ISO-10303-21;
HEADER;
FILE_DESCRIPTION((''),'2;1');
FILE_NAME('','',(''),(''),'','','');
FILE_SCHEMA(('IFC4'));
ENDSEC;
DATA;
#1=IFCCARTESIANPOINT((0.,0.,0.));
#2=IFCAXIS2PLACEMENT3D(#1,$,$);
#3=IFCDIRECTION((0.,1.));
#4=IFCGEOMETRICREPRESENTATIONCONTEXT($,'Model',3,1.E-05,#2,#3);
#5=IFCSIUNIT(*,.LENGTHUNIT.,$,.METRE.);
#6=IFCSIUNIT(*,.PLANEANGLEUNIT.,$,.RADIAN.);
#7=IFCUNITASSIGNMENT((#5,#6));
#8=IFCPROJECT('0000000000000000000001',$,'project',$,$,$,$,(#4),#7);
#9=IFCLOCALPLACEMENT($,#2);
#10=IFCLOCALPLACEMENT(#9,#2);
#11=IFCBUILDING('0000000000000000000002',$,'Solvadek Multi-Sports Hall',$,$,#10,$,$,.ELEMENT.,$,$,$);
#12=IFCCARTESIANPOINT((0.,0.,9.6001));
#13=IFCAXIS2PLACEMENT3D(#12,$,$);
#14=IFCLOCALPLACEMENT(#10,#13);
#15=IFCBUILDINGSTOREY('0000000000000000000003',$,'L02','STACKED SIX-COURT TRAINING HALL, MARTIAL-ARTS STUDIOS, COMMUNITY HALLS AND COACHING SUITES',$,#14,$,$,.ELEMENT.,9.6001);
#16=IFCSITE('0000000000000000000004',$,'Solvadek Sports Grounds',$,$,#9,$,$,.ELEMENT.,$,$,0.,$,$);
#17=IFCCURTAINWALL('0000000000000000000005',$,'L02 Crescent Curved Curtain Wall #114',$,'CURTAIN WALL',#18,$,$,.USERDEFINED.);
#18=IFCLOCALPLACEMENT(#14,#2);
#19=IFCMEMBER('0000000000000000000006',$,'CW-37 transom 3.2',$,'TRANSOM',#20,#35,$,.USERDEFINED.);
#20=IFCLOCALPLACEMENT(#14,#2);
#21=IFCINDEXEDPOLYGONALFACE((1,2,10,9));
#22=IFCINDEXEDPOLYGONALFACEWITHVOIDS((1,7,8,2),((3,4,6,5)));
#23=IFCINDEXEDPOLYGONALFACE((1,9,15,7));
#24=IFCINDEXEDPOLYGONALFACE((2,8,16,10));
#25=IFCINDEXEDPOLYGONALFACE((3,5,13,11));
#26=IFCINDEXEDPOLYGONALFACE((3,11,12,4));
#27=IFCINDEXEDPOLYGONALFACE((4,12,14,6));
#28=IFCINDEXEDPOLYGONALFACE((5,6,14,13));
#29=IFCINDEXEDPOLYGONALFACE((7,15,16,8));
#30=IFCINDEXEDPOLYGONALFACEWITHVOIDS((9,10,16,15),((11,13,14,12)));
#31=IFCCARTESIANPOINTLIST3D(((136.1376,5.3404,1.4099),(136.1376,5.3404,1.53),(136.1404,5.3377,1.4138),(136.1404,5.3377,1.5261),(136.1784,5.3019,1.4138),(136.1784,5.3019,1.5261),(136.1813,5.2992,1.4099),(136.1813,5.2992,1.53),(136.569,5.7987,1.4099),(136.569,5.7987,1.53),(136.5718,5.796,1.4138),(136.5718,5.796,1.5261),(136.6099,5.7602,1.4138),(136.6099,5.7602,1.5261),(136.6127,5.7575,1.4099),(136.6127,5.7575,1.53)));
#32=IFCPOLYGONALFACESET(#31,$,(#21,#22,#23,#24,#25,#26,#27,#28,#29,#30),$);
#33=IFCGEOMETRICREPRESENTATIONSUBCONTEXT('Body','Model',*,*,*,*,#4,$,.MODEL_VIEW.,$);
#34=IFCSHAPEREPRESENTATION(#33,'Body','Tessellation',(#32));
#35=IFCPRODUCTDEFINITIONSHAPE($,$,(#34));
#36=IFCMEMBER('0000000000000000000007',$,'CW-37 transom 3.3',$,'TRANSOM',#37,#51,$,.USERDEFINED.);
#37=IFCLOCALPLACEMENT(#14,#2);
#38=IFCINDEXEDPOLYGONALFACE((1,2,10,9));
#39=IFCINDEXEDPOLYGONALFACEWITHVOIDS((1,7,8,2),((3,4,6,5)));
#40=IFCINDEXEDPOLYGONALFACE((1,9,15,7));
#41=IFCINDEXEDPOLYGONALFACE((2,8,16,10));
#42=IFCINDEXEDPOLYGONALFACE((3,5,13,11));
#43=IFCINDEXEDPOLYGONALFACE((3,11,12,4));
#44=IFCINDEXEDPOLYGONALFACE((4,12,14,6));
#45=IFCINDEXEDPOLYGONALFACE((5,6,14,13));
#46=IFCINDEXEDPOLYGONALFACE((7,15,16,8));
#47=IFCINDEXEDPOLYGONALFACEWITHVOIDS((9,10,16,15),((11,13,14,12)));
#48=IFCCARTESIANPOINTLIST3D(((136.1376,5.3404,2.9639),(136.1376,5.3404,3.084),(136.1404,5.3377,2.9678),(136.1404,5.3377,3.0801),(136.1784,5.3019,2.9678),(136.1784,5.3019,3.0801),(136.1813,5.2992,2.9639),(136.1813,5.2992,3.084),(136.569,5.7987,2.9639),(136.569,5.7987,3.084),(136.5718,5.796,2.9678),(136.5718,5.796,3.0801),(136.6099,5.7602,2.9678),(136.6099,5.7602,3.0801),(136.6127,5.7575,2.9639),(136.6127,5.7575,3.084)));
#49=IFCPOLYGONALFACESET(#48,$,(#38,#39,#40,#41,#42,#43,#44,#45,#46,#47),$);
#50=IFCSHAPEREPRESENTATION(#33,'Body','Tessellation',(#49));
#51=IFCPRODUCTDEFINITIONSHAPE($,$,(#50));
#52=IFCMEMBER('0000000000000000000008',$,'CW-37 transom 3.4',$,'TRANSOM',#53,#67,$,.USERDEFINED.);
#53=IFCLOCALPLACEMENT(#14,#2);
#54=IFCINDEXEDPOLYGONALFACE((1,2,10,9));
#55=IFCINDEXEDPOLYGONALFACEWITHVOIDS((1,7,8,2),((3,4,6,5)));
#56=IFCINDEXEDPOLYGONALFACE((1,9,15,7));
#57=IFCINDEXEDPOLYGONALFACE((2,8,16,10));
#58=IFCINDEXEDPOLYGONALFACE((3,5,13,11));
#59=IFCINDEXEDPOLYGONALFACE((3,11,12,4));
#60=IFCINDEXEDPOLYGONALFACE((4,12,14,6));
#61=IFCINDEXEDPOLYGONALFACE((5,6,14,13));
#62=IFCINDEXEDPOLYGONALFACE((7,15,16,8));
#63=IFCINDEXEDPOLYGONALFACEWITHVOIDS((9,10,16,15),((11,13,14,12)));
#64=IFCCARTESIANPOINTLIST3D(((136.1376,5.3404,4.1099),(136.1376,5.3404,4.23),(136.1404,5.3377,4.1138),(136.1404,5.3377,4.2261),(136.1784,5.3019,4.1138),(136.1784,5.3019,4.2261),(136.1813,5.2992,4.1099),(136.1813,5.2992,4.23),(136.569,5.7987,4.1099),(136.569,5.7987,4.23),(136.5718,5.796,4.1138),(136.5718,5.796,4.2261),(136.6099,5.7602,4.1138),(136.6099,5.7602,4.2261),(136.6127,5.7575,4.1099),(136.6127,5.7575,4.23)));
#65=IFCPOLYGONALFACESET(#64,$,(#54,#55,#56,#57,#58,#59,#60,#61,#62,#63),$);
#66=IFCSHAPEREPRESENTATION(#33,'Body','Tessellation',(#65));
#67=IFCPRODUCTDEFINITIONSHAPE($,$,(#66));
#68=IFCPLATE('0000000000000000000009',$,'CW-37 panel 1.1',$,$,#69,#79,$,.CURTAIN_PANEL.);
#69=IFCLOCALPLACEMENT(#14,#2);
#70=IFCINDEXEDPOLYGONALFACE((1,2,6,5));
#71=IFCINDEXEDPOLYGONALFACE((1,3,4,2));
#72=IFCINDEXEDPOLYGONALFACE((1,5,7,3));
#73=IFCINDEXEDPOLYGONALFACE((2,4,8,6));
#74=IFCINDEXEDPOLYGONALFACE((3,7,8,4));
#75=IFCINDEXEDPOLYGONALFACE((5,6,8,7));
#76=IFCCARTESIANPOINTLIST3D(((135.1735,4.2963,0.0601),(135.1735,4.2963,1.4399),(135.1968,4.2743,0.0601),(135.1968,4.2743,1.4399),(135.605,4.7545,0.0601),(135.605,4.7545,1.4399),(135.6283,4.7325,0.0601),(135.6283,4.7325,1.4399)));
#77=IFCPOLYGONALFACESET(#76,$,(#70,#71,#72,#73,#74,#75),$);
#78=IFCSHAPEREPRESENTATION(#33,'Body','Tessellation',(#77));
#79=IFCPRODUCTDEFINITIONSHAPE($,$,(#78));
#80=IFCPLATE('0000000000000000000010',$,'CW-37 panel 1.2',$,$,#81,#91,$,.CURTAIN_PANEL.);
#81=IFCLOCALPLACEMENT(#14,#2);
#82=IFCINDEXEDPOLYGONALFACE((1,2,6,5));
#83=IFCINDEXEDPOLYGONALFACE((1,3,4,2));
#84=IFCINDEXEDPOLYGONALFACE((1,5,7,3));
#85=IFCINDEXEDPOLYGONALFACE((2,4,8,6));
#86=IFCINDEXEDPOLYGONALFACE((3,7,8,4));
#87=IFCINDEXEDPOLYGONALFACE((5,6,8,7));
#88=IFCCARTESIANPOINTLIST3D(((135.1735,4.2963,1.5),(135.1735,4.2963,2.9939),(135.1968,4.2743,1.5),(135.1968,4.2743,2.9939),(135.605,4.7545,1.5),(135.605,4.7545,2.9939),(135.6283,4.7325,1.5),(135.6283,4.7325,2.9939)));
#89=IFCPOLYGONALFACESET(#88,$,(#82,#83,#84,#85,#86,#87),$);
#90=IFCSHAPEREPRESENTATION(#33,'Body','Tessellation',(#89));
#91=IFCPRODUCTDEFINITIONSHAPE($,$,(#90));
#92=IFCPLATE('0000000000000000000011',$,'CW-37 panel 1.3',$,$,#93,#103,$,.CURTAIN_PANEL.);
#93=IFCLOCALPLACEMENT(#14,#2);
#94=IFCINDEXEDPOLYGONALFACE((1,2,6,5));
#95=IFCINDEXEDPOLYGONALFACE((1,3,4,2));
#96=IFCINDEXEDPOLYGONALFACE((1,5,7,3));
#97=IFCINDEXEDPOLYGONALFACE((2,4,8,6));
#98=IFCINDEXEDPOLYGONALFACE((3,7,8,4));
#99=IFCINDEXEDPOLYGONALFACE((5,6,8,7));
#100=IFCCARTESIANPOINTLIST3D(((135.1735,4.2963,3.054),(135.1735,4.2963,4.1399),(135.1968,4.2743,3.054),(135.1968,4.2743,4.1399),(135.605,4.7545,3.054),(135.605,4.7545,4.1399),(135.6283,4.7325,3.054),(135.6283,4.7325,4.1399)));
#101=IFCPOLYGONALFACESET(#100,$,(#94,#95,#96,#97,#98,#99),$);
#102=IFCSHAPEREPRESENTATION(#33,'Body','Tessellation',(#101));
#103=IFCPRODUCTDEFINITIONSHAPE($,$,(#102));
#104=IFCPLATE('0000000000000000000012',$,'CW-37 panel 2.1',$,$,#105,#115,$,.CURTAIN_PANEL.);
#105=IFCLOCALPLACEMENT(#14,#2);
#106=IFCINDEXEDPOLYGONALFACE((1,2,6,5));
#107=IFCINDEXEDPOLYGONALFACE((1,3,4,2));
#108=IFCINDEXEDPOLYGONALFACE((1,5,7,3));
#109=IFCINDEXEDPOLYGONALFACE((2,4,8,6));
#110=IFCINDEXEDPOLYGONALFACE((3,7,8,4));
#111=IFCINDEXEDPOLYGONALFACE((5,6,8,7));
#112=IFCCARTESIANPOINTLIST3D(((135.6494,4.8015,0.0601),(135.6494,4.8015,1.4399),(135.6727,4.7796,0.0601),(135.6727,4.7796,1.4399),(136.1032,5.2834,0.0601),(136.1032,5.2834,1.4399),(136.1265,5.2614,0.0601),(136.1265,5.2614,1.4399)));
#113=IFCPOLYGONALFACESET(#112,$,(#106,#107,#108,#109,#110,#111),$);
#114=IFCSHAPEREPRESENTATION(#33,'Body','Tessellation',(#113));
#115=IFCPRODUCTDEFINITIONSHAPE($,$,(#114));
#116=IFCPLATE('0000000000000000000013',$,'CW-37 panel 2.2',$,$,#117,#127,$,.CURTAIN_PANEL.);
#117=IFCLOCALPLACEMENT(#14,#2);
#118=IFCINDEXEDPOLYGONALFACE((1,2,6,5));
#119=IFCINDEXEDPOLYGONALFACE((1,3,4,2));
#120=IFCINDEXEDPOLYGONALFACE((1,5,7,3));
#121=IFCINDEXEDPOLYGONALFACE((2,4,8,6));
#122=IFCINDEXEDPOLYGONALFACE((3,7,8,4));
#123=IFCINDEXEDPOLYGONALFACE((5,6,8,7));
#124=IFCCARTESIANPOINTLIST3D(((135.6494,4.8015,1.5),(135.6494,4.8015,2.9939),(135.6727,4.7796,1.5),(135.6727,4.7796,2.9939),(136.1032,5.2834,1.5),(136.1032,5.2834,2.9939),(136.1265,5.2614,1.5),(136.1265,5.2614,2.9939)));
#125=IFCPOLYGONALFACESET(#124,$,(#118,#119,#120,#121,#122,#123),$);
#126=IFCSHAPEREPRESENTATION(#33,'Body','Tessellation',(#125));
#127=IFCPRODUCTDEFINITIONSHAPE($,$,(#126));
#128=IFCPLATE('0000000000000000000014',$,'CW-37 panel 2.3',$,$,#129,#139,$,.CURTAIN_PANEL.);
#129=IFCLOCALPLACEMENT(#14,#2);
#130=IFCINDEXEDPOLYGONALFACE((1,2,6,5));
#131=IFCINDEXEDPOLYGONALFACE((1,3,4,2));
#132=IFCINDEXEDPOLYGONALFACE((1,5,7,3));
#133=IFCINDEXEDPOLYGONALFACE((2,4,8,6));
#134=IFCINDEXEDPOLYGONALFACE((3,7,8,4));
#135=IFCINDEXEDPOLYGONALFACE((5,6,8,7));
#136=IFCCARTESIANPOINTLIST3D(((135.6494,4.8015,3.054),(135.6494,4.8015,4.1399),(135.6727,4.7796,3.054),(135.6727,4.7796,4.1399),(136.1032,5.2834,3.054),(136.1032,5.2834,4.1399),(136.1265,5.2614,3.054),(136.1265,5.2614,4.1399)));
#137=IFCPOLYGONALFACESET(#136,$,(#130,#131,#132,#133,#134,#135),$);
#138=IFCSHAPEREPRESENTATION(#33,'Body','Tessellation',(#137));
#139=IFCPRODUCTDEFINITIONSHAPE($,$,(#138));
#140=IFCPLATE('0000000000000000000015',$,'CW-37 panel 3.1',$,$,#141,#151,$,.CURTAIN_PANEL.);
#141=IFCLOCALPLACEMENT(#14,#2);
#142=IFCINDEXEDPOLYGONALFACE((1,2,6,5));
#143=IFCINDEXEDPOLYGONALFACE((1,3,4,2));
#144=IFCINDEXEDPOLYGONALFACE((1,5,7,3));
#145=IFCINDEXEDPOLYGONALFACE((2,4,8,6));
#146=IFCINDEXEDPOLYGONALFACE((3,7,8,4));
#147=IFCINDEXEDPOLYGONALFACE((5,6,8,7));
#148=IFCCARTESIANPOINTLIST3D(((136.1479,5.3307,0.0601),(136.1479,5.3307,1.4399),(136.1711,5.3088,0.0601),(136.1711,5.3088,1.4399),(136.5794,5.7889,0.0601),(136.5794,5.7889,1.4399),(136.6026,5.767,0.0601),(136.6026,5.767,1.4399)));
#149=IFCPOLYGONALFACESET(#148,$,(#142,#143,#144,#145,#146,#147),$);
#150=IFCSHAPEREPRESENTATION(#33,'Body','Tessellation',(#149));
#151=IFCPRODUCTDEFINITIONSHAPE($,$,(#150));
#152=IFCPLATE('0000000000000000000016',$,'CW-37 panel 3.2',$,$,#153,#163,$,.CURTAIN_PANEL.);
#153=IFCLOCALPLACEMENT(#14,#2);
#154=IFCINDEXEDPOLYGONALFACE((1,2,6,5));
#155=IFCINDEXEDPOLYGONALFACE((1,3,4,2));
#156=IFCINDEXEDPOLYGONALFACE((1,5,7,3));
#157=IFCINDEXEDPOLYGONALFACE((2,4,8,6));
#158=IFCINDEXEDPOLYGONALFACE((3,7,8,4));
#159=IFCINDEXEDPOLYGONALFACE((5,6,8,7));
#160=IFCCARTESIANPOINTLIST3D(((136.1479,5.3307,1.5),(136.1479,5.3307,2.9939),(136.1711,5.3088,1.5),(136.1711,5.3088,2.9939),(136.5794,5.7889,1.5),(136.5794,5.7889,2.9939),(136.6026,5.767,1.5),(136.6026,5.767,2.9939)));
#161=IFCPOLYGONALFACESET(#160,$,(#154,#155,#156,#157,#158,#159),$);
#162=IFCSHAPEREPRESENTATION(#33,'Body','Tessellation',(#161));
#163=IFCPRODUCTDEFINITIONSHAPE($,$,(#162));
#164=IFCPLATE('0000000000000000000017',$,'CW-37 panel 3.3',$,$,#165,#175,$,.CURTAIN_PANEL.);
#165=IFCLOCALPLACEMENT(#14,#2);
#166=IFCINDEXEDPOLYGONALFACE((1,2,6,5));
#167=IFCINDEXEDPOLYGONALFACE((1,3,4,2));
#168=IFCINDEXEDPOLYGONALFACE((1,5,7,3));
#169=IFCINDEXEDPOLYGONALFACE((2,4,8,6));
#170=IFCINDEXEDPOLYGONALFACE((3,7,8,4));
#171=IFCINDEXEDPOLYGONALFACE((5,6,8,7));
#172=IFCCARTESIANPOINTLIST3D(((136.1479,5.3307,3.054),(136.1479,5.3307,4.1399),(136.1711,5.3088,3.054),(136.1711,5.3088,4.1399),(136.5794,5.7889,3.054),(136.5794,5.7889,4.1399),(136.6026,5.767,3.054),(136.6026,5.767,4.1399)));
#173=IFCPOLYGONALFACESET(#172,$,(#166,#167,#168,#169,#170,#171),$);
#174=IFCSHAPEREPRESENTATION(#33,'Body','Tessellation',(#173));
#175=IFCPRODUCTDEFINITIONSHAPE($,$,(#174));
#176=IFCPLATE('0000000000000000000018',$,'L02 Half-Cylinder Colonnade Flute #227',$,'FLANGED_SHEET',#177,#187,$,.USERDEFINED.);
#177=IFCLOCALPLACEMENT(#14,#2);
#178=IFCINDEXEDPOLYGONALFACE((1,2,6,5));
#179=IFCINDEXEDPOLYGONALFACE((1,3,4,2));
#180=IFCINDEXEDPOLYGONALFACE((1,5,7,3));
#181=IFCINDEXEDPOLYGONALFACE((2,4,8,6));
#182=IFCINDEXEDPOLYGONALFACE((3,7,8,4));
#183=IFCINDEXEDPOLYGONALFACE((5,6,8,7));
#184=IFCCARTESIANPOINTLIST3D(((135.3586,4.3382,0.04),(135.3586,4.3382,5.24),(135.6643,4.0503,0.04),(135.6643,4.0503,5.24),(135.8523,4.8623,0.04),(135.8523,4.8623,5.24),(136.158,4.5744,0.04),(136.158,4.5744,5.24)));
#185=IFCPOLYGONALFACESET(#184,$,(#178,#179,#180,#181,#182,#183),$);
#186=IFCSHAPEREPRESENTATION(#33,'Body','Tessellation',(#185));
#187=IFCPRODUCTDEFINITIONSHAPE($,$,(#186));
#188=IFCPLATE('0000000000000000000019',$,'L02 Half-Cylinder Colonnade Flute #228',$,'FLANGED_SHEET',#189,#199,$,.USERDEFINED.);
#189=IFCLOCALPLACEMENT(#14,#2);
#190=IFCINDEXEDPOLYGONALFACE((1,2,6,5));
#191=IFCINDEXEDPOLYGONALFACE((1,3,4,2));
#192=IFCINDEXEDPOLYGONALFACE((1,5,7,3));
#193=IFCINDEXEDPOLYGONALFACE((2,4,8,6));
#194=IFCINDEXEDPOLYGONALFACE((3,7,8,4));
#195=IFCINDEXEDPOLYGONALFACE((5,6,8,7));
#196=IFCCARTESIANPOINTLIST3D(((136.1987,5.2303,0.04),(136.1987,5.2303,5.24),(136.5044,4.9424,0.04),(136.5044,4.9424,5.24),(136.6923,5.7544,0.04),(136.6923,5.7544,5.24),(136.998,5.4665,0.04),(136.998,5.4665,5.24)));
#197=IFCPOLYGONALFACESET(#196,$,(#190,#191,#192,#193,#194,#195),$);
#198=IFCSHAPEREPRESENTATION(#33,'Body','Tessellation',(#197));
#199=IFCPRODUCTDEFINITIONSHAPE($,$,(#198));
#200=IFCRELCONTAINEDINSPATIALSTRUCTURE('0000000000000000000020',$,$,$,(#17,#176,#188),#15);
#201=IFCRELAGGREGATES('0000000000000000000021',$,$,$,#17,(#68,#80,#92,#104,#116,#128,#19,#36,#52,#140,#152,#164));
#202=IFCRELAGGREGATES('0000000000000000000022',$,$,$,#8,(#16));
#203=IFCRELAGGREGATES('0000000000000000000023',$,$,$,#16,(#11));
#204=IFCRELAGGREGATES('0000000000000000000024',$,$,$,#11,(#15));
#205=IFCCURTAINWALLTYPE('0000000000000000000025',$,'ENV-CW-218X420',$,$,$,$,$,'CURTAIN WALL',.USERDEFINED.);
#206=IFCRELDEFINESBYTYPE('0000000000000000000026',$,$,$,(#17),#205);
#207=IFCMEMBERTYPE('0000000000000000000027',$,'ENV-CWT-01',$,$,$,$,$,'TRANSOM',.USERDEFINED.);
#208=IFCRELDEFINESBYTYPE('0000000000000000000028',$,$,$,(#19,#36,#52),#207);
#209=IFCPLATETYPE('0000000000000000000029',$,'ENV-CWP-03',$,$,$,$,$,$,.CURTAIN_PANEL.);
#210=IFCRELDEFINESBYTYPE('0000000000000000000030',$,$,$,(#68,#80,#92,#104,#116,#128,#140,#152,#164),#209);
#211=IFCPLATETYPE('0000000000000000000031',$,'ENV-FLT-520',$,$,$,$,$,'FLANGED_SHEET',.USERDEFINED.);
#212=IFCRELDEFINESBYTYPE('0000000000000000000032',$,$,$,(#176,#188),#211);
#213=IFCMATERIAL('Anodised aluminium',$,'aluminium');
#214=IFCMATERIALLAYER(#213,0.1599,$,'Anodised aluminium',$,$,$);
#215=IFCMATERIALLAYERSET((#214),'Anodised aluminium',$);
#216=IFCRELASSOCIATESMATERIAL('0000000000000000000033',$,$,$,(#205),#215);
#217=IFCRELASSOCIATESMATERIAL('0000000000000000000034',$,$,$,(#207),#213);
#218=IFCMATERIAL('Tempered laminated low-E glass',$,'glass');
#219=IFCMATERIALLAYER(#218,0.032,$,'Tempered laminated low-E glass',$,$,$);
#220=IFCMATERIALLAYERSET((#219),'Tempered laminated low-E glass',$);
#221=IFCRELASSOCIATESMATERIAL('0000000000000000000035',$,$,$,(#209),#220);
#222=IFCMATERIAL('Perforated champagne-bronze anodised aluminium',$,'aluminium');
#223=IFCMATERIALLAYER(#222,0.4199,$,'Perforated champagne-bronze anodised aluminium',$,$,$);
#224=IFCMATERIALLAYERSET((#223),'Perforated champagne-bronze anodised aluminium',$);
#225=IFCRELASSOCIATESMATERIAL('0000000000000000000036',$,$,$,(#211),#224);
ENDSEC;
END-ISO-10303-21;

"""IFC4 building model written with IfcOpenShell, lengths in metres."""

from ifc_helpers import new_model, si_unit, direction, frame, origin, origin_2d, place, context, subcontext, project, spatial, rectangle, hollow_rectangle, extrude, material, layer, layer_set, material_profile, profile_set, type_object, element, aggregate, save


model = new_model("IFC4")

# Units and contexts
model_context = context("Model", 3, precision=1e-05, world=origin(), true_north=direction((0.0, 1.0)))
body_context = subcontext(model_context, "Body", "Model", "MODEL_VIEW")
ifc_project = project(units=[si_unit("LENGTHUNIT", "METRE"), si_unit("PLANEANGLEUNIT", "RADIAN")], contexts=[model_context])

# Site, building, storey
site_placement = place(None, origin())
site = spatial("IfcSite", under=ifc_project, at=site_placement, Name="Solvadek Sports Grounds", CompositionType="ELEMENT", RefElevation=0.0)
building_placement = place(site_placement, origin())
building = spatial("IfcBuilding", under=site, at=building_placement, Name="Solvadek Multi-Sports Hall", CompositionType="ELEMENT")
storey_placement = place(building_placement, frame((0.0, 0.0, 9.6001)))
storey = spatial("IfcBuildingStorey", under=building, at=storey_placement, Name="L02", Description="STACKED SIX-COURT TRAINING HALL, MARTIAL-ARTS STUDIOS, COMMUNITY HALLS AND COACHING SUITES", CompositionType="ELEMENT", Elevation=9.6001)

# Curtain wall, members, plates
ifc_material_1 = material(Name="Anodised aluminium", Category="aluminium")
ifc_layer_1 = layer(ifc_material_1, 0.1599, Name="Anodised aluminium")
ifc_layer_set_1 = layer_set([ifc_layer_1], Name="Anodised aluminium")
curtain_wall_type = type_object("IfcCurtainWallType", Name="ENV-CW-218X420", ElementType="CURTAIN WALL", PredefinedType="USERDEFINED", material=ifc_layer_set_1)
curtain_wall_placement = place(storey_placement, origin())
curtain_wall = element("IfcCurtainWall", 1, at=curtain_wall_placement, inside=storey, type_object=curtain_wall_type, Name="L02 Crescent Curved Curtain Wall #114", ObjectType="CURTAIN WALL", PredefinedType="USERDEFINED")
ifc_material_profile_1 = material_profile(ifc_material_1, hollow_rectangle(XDim=0.0601, YDim=0.1201, WallThickness=0.0039, at=origin_2d()), Name="ALU-T 120x60x4")
ifc_profile_set_1 = profile_set([ifc_material_profile_1], Name="Anodised aluminium")
member_type_1 = type_object("IfcMemberType", Name="ENV-CWT-01", ElementType="TRANSOM", PredefinedType="USERDEFINED", material=ifc_profile_set_1)
member_1_placement = place(storey_placement, frame((136.1594, 5.3198, 1.47), z_axis=(0.685449, 0.72812, 0.0), x_axis=(-0.72812, 0.685449, 0.0)))
member_1 = element("IfcMember", 2, at=member_1_placement, type_object=member_type_1, Name="CW-37 transom 3.2", ObjectType="TRANSOM", PredefinedType="USERDEFINED", context=body_context, shape_type="SweptSolid", body=[
    extrude(hollow_rectangle(XDim=0.0601, YDim=0.1201, WallThickness=0.0039, at=origin_2d()), origin(), (0.0, 0.0, 1.0), 0.6294),
])
member_2_placement = place(storey_placement, frame((136.1594, 5.3198, 3.0239), z_axis=(0.685449, 0.72812, 0.0), x_axis=(-0.72812, 0.685449, 0.0)))
member_2 = element("IfcMember", 3, at=member_2_placement, type_object=member_type_1, Name="CW-37 transom 3.3", ObjectType="TRANSOM", PredefinedType="USERDEFINED", context=body_context, shape_type="SweptSolid", body=[
    extrude(hollow_rectangle(XDim=0.0601, YDim=0.1201, WallThickness=0.0039, at=origin_2d()), origin(), (0.0, 0.0, 1.0), 0.6294),
])
member_3_placement = place(storey_placement, frame((136.1594, 5.3198, 4.1699), z_axis=(0.685449, 0.72812, 0.0), x_axis=(-0.72812, 0.685449, 0.0)))
member_3 = element("IfcMember", 4, at=member_3_placement, type_object=member_type_1, Name="CW-37 transom 3.4", ObjectType="TRANSOM", PredefinedType="USERDEFINED", context=body_context, shape_type="SweptSolid", body=[
    extrude(hollow_rectangle(XDim=0.0601, YDim=0.1201, WallThickness=0.0039, at=origin_2d()), origin(), (0.0, 0.0, 1.0), 0.6294),
])
ifc_material_2 = material(Name="Tempered laminated low-E glass", Category="glass")
ifc_layer_2 = layer(ifc_material_2, 0.032, Name="Tempered laminated low-E glass")
ifc_layer_set_2 = layer_set([ifc_layer_2], Name="Tempered laminated low-E glass")
plate_type_1 = type_object("IfcPlateType", Name="ENV-CWP-03", PredefinedType="CURTAIN_PANEL", material=ifc_layer_set_2)
plate_1_placement = place(storey_placement, frame((135.4009, 4.5144, 0.0601), z_axis=(0.0, 0.0, 1.0), x_axis=(0.685578, 0.727999, 0.0)))
plate_1 = element("IfcPlate", 5, at=plate_1_placement, type_object=plate_type_1, Name="CW-37 panel 1.1", PredefinedType="CURTAIN_PANEL", context=body_context, shape_type="SweptSolid", body=[
    extrude(rectangle(XDim=0.6294, YDim=0.032, at=origin_2d()), origin(), (0.0, 0.0, 1.0), 1.3799),
])
plate_2_placement = place(storey_placement, frame((135.4009, 4.5144, 1.5), z_axis=(0.0, 0.0, 1.0), x_axis=(0.685578, 0.727999, 0.0)))
plate_2 = element("IfcPlate", 6, at=plate_2_placement, type_object=plate_type_1, Name="CW-37 panel 1.2", PredefinedType="CURTAIN_PANEL", context=body_context, shape_type="SweptSolid", body=[
    extrude(rectangle(XDim=0.6294, YDim=0.032, at=origin_2d()), origin(), (0.0, 0.0, 1.0), 1.4939),
])
plate_3_placement = place(storey_placement, frame((135.4009, 4.5144, 3.054), z_axis=(0.0, 0.0, 1.0), x_axis=(0.685578, 0.727999, 0.0)))
plate_3 = element("IfcPlate", 7, at=plate_3_placement, type_object=plate_type_1, Name="CW-37 panel 1.3", PredefinedType="CURTAIN_PANEL", context=body_context, shape_type="SweptSolid", body=[
    extrude(rectangle(XDim=0.6294, YDim=0.032, at=origin_2d()), origin(), (0.0, 0.0, 1.0), 1.0859),
])
plate_4_placement = place(storey_placement, frame((135.8879, 5.0315, 0.0601), z_axis=(0.0, 0.0, 1.0), x_axis=(0.685578, 0.727999, 0.0)))
plate_4 = element("IfcPlate", 8, at=plate_4_placement, type_object=plate_type_1, Name="CW-37 panel 2.1", PredefinedType="CURTAIN_PANEL", context=body_context, shape_type="SweptSolid", body=[
    extrude(rectangle(XDim=0.6619, YDim=0.032, at=origin_2d()), origin(), (0.0, 0.0, 1.0), 1.3799),
])
plate_5_placement = place(storey_placement, frame((135.8879, 5.0315, 1.5), z_axis=(0.0, 0.0, 1.0), x_axis=(0.685578, 0.727999, 0.0)))
plate_5 = element("IfcPlate", 9, at=plate_5_placement, type_object=plate_type_1, Name="CW-37 panel 2.2", PredefinedType="CURTAIN_PANEL", context=body_context, shape_type="SweptSolid", body=[
    extrude(rectangle(XDim=0.6619, YDim=0.032, at=origin_2d()), origin(), (0.0, 0.0, 1.0), 1.4939),
])
plate_6_placement = place(storey_placement, frame((135.8879, 5.0315, 3.054), z_axis=(0.0, 0.0, 1.0), x_axis=(0.685578, 0.727999, 0.0)))
plate_6 = element("IfcPlate", 10, at=plate_6_placement, type_object=plate_type_1, Name="CW-37 panel 2.3", PredefinedType="CURTAIN_PANEL", context=body_context, shape_type="SweptSolid", body=[
    extrude(rectangle(XDim=0.6619, YDim=0.032, at=origin_2d()), origin(), (0.0, 0.0, 1.0), 1.0859),
])
plate_7_placement = place(storey_placement, frame((136.3752, 5.5488, 0.0601), z_axis=(0.0, 0.0, 1.0), x_axis=(0.685578, 0.727999, 0.0)))
plate_7 = element("IfcPlate", 11, at=plate_7_placement, type_object=plate_type_1, Name="CW-37 panel 3.1", PredefinedType="CURTAIN_PANEL", context=body_context, shape_type="SweptSolid", body=[
    extrude(rectangle(XDim=0.6294, YDim=0.032, at=origin_2d()), origin(), (0.0, 0.0, 1.0), 1.3799),
])
plate_8_placement = place(storey_placement, frame((136.3752, 5.5488, 1.5), z_axis=(0.0, 0.0, 1.0), x_axis=(0.685578, 0.727999, 0.0)))
plate_8 = element("IfcPlate", 12, at=plate_8_placement, type_object=plate_type_1, Name="CW-37 panel 3.2", PredefinedType="CURTAIN_PANEL", context=body_context, shape_type="SweptSolid", body=[
    extrude(rectangle(XDim=0.6294, YDim=0.032, at=origin_2d()), origin(), (0.0, 0.0, 1.0), 1.4939),
])
plate_9_placement = place(storey_placement, frame((136.3752, 5.5488, 3.054), z_axis=(0.0, 0.0, 1.0), x_axis=(0.685578, 0.727999, 0.0)))
plate_9 = element("IfcPlate", 13, at=plate_9_placement, type_object=plate_type_1, Name="CW-37 panel 3.3", PredefinedType="CURTAIN_PANEL", context=body_context, shape_type="SweptSolid", body=[
    extrude(rectangle(XDim=0.6294, YDim=0.032, at=origin_2d()), origin(), (0.0, 0.0, 1.0), 1.0859),
])
aggregate(curtain_wall, [plate_1, plate_2, plate_3, plate_4, plate_5, plate_6, member_1, member_2, member_3, plate_7, plate_8, plate_9])

# Plates
ifc_material_3 = material(Name="Perforated champagne-bronze anodised aluminium", Category="aluminium")
ifc_layer_3 = layer(ifc_material_3, 0.4199, Name="Perforated champagne-bronze anodised aluminium")
ifc_layer_set_3 = layer_set([ifc_layer_3], Name="Perforated champagne-bronze anodised aluminium")
plate_type_2 = type_object("IfcPlateType", Name="ENV-FLT-520", ElementType="FLANGED_SHEET", PredefinedType="USERDEFINED", material=ifc_layer_set_3)
for number, where, z_axis, x_axis, name in (
    (14, (135.7583, 4.4563, 0.04), (0.0, 0.0, 1.0), (0.685589, 0.727989, 0.0), "L02 Half-Cylinder Colonnade Flute #227"),
    (15, (136.5984, 5.3484, 0.04), (0.0, 0.0, 1.0), (0.685589, 0.727989, 0.0), "L02 Half-Cylinder Colonnade Flute #228"),
):
    element("IfcPlate", number, at=place(storey_placement, frame(where, z_axis=z_axis, x_axis=x_axis)), inside=storey, type_object=plate_type_2, Name=name, ObjectType="FLANGED_SHEET", PredefinedType="USERDEFINED", context=body_context, shape_type="SweptSolid", body=[
        extrude(rectangle(XDim=0.72, YDim=0.4199, at=origin_2d()), origin(), (0.0, 0.0, 1.0), 5.2),
    ])

save(model, "model.ifc")
